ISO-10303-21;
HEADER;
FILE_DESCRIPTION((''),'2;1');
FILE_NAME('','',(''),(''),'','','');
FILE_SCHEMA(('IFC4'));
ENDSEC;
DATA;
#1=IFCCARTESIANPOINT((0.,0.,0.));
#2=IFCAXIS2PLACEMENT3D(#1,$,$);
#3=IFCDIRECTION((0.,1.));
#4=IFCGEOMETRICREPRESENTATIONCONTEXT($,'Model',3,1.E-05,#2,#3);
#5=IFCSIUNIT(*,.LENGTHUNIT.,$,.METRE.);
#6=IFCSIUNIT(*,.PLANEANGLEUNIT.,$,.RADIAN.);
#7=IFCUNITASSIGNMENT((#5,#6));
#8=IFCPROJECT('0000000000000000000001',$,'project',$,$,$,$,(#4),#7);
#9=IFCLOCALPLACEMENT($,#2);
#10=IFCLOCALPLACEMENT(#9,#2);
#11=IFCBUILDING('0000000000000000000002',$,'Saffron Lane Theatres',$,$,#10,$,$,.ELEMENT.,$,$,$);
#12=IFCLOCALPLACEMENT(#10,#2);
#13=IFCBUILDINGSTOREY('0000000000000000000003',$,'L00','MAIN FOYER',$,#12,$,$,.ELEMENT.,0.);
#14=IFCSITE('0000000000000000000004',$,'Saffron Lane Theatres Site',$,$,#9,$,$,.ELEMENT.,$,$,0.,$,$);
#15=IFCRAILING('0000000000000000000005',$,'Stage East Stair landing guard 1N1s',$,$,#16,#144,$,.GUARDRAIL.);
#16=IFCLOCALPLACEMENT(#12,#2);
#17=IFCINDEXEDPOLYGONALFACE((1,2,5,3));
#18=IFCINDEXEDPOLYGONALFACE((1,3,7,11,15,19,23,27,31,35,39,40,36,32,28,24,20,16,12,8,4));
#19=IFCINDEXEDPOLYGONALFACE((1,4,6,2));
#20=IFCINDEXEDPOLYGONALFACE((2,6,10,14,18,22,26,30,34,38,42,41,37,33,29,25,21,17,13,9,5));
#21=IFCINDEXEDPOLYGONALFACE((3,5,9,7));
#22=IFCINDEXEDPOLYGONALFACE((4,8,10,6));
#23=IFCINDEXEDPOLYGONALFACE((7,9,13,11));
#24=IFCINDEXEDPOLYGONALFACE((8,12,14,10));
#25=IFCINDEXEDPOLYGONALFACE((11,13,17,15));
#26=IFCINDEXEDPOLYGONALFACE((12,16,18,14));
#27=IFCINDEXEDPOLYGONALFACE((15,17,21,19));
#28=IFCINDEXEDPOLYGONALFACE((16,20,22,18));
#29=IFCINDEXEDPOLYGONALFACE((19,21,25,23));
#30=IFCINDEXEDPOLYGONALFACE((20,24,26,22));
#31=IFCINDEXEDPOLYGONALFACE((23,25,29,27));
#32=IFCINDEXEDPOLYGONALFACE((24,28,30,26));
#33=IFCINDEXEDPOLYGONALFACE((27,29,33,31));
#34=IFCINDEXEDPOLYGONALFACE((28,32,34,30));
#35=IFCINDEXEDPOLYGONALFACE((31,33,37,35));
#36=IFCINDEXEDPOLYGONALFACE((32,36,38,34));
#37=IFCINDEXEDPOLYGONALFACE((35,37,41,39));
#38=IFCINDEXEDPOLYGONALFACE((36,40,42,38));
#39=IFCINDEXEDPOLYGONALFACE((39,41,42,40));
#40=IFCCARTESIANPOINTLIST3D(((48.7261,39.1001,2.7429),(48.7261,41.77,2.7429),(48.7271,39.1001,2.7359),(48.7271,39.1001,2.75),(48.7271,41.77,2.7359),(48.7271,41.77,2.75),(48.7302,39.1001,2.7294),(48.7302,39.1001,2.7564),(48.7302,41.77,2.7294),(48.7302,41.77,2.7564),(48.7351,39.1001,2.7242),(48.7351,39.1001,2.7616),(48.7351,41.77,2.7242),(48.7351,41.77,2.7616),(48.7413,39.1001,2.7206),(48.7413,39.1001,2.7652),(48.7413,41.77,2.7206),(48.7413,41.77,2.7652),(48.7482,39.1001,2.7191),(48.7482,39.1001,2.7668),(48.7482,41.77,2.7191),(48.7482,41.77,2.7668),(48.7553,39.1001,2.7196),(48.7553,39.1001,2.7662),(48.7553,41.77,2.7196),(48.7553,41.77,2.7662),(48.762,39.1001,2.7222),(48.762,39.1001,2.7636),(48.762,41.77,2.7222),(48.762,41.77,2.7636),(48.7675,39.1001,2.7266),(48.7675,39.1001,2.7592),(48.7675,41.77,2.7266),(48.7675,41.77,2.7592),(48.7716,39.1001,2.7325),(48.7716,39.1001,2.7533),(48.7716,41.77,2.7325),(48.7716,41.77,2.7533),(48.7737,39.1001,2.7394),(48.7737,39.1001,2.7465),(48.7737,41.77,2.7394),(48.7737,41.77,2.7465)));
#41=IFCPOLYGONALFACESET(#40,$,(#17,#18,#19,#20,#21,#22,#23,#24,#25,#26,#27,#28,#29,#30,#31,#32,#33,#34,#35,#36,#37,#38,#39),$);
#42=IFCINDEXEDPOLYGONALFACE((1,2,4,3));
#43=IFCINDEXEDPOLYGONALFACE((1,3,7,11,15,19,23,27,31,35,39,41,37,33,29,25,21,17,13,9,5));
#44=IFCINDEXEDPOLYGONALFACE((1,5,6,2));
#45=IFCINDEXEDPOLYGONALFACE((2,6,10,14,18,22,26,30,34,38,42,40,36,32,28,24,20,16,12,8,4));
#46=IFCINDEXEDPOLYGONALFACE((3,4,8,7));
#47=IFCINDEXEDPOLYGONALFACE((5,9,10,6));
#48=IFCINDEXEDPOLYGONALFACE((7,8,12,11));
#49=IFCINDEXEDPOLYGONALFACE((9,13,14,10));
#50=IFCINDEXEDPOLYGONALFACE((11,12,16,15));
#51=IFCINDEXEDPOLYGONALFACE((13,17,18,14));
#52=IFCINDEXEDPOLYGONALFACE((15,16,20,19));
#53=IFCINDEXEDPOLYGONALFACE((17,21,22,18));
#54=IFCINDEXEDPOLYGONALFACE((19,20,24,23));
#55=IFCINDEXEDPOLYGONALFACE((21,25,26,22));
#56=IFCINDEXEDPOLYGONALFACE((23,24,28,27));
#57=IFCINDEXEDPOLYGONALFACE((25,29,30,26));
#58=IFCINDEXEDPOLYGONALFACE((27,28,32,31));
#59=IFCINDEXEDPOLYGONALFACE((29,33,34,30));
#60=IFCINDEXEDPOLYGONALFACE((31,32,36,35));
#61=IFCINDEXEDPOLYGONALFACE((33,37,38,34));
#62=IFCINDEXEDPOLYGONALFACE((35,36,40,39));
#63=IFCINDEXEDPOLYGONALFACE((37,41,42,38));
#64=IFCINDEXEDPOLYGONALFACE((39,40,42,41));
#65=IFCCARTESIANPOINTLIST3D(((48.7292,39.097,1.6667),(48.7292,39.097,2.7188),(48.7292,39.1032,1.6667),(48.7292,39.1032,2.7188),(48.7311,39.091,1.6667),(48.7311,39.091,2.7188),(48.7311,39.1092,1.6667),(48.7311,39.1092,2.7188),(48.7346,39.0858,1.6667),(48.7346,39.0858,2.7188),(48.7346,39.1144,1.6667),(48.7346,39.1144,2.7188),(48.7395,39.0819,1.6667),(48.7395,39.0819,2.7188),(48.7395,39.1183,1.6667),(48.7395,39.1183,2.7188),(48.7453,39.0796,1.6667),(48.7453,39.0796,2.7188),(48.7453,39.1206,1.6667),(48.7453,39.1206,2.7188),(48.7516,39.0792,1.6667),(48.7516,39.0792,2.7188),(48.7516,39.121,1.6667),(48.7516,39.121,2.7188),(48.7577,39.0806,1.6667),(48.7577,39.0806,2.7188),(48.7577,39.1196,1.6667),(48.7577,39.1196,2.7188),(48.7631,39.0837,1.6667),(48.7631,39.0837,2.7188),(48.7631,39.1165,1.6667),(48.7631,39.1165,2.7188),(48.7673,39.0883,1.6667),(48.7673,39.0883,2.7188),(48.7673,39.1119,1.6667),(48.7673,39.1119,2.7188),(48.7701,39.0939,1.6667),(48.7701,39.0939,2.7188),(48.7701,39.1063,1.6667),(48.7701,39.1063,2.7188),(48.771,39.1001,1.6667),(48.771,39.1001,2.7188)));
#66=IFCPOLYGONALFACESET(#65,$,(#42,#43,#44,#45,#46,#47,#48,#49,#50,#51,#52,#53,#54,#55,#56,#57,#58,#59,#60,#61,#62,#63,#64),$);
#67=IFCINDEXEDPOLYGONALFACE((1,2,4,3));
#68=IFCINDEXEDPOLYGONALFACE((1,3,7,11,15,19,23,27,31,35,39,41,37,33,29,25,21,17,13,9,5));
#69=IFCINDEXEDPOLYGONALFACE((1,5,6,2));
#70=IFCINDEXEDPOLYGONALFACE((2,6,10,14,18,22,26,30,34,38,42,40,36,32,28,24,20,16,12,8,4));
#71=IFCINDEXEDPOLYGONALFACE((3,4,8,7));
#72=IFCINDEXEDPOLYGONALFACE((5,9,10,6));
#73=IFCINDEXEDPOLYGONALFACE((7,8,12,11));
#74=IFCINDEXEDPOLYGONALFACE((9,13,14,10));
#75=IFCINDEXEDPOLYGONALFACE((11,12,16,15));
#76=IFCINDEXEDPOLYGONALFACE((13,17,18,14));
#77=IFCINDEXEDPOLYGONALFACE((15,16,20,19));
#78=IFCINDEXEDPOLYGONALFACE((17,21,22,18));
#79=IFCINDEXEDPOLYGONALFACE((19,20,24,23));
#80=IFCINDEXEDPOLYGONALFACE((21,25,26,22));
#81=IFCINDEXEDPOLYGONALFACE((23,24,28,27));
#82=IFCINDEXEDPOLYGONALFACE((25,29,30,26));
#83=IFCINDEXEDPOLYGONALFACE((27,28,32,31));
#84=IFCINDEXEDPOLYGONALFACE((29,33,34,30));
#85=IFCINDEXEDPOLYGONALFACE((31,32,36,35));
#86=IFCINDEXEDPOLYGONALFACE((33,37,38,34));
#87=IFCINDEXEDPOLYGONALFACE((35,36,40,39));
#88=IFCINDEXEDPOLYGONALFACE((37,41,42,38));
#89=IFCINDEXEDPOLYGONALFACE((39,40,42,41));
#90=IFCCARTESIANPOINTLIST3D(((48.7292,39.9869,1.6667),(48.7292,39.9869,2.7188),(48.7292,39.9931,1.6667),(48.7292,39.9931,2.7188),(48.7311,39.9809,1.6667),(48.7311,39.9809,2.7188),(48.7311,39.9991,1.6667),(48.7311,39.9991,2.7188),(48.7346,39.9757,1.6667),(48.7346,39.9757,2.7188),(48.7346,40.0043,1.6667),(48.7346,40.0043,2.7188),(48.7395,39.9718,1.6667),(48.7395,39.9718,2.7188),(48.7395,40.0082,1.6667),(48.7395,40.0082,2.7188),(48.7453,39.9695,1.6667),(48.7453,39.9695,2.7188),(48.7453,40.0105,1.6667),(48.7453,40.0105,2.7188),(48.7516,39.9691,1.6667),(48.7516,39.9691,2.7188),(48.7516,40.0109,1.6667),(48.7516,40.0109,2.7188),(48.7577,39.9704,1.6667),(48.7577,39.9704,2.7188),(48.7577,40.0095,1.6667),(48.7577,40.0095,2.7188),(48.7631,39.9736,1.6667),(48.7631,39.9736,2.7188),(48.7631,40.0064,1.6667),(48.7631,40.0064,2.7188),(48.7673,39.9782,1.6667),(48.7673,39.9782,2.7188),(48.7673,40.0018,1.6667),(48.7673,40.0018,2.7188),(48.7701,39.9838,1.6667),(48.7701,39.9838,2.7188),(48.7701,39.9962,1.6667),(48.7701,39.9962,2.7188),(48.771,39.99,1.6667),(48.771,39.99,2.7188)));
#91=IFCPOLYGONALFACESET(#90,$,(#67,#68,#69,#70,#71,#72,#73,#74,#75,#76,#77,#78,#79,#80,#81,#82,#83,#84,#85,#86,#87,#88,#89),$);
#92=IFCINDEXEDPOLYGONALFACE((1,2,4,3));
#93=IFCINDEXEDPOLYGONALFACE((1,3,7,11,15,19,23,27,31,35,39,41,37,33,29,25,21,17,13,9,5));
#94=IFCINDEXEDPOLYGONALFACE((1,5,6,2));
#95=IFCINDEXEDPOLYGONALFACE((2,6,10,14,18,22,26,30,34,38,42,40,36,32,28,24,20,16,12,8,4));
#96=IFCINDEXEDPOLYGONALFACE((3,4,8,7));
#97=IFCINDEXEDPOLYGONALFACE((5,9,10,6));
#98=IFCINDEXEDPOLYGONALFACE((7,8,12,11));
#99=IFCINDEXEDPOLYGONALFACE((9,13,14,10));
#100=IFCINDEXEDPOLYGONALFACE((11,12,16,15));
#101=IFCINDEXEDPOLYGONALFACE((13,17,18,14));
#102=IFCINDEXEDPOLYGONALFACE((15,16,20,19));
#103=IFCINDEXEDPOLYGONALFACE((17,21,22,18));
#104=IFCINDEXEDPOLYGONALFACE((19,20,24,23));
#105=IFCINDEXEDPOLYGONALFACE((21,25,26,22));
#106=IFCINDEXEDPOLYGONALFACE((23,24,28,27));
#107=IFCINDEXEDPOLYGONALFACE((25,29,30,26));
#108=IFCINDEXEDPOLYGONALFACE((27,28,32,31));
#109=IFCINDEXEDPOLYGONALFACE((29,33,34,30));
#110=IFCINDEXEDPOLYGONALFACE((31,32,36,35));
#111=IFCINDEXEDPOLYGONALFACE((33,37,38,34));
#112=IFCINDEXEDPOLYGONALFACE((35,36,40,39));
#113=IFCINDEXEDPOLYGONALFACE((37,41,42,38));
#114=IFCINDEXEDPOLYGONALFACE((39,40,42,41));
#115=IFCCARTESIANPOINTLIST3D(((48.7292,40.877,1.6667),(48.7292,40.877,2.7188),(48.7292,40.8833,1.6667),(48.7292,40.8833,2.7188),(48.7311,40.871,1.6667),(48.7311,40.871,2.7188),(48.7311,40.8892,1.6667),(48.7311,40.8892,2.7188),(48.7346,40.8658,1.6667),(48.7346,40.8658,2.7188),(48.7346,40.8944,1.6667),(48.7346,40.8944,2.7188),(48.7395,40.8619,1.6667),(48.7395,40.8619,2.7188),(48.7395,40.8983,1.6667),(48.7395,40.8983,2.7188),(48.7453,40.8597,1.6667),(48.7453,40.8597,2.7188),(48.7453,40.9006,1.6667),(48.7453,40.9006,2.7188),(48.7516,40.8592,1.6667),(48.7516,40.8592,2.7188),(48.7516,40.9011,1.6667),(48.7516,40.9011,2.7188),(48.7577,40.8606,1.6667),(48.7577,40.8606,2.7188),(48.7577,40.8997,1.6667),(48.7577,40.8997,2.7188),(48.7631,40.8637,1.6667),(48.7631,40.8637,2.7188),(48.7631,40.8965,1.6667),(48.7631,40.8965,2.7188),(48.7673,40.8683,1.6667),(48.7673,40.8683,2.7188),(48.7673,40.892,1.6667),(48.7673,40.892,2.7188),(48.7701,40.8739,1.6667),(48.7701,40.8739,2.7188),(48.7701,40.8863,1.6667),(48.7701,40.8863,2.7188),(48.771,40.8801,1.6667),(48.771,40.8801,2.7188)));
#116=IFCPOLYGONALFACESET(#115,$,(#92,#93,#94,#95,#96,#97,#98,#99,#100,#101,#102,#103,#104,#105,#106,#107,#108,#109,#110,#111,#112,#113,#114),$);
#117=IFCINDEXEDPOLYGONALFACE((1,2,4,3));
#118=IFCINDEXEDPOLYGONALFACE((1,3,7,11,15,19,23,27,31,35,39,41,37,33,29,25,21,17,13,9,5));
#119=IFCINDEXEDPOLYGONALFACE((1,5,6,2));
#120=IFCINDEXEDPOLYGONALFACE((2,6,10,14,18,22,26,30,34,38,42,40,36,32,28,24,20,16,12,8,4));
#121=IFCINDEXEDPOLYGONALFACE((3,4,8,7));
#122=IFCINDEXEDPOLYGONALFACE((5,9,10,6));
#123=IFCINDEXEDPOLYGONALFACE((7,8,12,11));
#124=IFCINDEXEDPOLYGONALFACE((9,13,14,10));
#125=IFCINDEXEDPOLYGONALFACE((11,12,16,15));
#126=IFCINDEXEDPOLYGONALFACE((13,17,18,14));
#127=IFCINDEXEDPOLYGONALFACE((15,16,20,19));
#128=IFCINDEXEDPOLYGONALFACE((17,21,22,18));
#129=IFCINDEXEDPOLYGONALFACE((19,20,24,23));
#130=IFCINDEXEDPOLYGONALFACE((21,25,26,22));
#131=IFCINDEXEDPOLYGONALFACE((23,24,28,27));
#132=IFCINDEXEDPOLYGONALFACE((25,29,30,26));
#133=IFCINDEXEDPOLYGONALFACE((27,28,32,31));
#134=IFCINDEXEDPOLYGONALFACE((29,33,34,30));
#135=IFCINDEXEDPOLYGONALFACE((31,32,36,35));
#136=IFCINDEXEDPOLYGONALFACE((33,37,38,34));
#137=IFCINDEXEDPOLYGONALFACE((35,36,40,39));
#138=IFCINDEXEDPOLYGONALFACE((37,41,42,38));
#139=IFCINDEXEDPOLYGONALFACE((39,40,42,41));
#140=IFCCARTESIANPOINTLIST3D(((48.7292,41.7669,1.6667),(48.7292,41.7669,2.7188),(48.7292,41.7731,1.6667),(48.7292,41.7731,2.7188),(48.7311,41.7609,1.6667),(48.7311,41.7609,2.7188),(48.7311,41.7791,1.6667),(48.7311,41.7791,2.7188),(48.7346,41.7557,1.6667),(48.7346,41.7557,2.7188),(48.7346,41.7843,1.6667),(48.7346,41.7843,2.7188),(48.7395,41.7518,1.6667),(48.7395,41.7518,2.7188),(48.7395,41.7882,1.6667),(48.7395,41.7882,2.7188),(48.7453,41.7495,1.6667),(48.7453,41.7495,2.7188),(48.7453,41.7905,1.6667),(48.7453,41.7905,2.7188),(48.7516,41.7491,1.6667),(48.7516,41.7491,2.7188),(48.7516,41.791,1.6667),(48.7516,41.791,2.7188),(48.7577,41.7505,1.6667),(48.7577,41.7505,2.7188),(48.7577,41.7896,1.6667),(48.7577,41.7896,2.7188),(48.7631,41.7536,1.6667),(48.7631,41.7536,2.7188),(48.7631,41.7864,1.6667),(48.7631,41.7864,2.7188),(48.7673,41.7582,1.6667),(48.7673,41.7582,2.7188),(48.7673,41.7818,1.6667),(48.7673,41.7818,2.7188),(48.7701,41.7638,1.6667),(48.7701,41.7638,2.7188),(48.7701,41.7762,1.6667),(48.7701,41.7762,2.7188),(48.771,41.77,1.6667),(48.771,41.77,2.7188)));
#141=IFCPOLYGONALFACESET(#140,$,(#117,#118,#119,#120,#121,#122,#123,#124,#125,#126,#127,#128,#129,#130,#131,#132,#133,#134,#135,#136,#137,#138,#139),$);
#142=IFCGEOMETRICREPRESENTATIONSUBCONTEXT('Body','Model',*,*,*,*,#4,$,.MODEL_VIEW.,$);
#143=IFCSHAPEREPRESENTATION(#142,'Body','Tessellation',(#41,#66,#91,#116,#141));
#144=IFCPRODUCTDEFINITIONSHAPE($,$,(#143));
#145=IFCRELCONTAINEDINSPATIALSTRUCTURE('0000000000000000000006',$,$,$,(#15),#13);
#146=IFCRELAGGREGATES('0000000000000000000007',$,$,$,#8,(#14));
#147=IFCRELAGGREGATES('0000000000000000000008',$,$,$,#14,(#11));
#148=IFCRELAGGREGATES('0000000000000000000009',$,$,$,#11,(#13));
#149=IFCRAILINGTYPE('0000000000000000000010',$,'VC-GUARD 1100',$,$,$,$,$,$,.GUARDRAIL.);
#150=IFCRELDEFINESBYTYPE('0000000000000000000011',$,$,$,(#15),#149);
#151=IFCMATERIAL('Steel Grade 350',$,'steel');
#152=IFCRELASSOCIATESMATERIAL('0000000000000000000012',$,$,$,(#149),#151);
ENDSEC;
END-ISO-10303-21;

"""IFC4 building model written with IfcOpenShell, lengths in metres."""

from ifc_helpers import new_model, si_unit, direction, frame, origin, origin_2d, place, context, subcontext, project, spatial, circle, extrude, material, type_object, element, save


model = new_model("IFC4")

# Units and contexts
model_context = context("Model", 3, precision=1e-05, world=origin(), true_north=direction((0.0, 1.0)))
body_context = subcontext(model_context, "Body", "Model", "MODEL_VIEW")
ifc_project = project(units=[si_unit("LENGTHUNIT", "METRE"), si_unit("PLANEANGLEUNIT", "RADIAN")], contexts=[model_context])

# Site, building, storey
site_placement = place(None, origin())
site = spatial("IfcSite", under=ifc_project, at=site_placement, Name="Saffron Lane Theatres Site", CompositionType="ELEMENT", RefElevation=0.0)
building_placement = place(site_placement, origin())
building = spatial("IfcBuilding", under=site, at=building_placement, Name="Saffron Lane Theatres", CompositionType="ELEMENT")
storey_placement = place(building_placement, origin())
storey = spatial("IfcBuildingStorey", under=building, at=storey_placement, Name="L00", Description="MAIN FOYER", CompositionType="ELEMENT", Elevation=0.0)

# Railing
ifc_material_1 = material(Name="Steel Grade 350", Category="steel")
railing_type_1 = type_object("IfcRailingType", Name="VC-GUARD 1100", PredefinedType="GUARDRAIL", material=ifc_material_1)
railing_1_placement = place(storey_placement, frame((48.75, 39.1001, 1.6667)))
element("IfcRailing", 1, at=railing_1_placement, inside=storey, type_object=railing_type_1, Name="Stage East Stair landing guard 1N1s", PredefinedType="GUARDRAIL", context=body_context, shape_type="SweptSolid", body=[
    extrude(circle(Radius=0.0239, at=origin_2d()), frame((0.0, 0.0, 1.0762), z_axis=(0.0, 1.0, 0.0), x_axis=(-1.0, 0.0, 0.0)), (0.0, 0.0, 1.0), 2.6699),
    extrude(circle(Radius=0.021, at=origin_2d()), origin(), (0.0, 0.0, 1.0), 1.052),
    extrude(circle(Radius=0.021, at=origin_2d()), frame((0.0, 0.8899, 0.0)), (0.0, 0.0, 1.0), 1.052),
    extrude(circle(Radius=0.021, at=origin_2d()), frame((0.0, 1.78, 0.0)), (0.0, 0.0, 1.0), 1.052),
    extrude(circle(Radius=0.021, at=origin_2d()), frame((0.0, 2.6699, 0.0)), (0.0, 0.0, 1.0), 1.052),
])

save(model, "model.ifc")
